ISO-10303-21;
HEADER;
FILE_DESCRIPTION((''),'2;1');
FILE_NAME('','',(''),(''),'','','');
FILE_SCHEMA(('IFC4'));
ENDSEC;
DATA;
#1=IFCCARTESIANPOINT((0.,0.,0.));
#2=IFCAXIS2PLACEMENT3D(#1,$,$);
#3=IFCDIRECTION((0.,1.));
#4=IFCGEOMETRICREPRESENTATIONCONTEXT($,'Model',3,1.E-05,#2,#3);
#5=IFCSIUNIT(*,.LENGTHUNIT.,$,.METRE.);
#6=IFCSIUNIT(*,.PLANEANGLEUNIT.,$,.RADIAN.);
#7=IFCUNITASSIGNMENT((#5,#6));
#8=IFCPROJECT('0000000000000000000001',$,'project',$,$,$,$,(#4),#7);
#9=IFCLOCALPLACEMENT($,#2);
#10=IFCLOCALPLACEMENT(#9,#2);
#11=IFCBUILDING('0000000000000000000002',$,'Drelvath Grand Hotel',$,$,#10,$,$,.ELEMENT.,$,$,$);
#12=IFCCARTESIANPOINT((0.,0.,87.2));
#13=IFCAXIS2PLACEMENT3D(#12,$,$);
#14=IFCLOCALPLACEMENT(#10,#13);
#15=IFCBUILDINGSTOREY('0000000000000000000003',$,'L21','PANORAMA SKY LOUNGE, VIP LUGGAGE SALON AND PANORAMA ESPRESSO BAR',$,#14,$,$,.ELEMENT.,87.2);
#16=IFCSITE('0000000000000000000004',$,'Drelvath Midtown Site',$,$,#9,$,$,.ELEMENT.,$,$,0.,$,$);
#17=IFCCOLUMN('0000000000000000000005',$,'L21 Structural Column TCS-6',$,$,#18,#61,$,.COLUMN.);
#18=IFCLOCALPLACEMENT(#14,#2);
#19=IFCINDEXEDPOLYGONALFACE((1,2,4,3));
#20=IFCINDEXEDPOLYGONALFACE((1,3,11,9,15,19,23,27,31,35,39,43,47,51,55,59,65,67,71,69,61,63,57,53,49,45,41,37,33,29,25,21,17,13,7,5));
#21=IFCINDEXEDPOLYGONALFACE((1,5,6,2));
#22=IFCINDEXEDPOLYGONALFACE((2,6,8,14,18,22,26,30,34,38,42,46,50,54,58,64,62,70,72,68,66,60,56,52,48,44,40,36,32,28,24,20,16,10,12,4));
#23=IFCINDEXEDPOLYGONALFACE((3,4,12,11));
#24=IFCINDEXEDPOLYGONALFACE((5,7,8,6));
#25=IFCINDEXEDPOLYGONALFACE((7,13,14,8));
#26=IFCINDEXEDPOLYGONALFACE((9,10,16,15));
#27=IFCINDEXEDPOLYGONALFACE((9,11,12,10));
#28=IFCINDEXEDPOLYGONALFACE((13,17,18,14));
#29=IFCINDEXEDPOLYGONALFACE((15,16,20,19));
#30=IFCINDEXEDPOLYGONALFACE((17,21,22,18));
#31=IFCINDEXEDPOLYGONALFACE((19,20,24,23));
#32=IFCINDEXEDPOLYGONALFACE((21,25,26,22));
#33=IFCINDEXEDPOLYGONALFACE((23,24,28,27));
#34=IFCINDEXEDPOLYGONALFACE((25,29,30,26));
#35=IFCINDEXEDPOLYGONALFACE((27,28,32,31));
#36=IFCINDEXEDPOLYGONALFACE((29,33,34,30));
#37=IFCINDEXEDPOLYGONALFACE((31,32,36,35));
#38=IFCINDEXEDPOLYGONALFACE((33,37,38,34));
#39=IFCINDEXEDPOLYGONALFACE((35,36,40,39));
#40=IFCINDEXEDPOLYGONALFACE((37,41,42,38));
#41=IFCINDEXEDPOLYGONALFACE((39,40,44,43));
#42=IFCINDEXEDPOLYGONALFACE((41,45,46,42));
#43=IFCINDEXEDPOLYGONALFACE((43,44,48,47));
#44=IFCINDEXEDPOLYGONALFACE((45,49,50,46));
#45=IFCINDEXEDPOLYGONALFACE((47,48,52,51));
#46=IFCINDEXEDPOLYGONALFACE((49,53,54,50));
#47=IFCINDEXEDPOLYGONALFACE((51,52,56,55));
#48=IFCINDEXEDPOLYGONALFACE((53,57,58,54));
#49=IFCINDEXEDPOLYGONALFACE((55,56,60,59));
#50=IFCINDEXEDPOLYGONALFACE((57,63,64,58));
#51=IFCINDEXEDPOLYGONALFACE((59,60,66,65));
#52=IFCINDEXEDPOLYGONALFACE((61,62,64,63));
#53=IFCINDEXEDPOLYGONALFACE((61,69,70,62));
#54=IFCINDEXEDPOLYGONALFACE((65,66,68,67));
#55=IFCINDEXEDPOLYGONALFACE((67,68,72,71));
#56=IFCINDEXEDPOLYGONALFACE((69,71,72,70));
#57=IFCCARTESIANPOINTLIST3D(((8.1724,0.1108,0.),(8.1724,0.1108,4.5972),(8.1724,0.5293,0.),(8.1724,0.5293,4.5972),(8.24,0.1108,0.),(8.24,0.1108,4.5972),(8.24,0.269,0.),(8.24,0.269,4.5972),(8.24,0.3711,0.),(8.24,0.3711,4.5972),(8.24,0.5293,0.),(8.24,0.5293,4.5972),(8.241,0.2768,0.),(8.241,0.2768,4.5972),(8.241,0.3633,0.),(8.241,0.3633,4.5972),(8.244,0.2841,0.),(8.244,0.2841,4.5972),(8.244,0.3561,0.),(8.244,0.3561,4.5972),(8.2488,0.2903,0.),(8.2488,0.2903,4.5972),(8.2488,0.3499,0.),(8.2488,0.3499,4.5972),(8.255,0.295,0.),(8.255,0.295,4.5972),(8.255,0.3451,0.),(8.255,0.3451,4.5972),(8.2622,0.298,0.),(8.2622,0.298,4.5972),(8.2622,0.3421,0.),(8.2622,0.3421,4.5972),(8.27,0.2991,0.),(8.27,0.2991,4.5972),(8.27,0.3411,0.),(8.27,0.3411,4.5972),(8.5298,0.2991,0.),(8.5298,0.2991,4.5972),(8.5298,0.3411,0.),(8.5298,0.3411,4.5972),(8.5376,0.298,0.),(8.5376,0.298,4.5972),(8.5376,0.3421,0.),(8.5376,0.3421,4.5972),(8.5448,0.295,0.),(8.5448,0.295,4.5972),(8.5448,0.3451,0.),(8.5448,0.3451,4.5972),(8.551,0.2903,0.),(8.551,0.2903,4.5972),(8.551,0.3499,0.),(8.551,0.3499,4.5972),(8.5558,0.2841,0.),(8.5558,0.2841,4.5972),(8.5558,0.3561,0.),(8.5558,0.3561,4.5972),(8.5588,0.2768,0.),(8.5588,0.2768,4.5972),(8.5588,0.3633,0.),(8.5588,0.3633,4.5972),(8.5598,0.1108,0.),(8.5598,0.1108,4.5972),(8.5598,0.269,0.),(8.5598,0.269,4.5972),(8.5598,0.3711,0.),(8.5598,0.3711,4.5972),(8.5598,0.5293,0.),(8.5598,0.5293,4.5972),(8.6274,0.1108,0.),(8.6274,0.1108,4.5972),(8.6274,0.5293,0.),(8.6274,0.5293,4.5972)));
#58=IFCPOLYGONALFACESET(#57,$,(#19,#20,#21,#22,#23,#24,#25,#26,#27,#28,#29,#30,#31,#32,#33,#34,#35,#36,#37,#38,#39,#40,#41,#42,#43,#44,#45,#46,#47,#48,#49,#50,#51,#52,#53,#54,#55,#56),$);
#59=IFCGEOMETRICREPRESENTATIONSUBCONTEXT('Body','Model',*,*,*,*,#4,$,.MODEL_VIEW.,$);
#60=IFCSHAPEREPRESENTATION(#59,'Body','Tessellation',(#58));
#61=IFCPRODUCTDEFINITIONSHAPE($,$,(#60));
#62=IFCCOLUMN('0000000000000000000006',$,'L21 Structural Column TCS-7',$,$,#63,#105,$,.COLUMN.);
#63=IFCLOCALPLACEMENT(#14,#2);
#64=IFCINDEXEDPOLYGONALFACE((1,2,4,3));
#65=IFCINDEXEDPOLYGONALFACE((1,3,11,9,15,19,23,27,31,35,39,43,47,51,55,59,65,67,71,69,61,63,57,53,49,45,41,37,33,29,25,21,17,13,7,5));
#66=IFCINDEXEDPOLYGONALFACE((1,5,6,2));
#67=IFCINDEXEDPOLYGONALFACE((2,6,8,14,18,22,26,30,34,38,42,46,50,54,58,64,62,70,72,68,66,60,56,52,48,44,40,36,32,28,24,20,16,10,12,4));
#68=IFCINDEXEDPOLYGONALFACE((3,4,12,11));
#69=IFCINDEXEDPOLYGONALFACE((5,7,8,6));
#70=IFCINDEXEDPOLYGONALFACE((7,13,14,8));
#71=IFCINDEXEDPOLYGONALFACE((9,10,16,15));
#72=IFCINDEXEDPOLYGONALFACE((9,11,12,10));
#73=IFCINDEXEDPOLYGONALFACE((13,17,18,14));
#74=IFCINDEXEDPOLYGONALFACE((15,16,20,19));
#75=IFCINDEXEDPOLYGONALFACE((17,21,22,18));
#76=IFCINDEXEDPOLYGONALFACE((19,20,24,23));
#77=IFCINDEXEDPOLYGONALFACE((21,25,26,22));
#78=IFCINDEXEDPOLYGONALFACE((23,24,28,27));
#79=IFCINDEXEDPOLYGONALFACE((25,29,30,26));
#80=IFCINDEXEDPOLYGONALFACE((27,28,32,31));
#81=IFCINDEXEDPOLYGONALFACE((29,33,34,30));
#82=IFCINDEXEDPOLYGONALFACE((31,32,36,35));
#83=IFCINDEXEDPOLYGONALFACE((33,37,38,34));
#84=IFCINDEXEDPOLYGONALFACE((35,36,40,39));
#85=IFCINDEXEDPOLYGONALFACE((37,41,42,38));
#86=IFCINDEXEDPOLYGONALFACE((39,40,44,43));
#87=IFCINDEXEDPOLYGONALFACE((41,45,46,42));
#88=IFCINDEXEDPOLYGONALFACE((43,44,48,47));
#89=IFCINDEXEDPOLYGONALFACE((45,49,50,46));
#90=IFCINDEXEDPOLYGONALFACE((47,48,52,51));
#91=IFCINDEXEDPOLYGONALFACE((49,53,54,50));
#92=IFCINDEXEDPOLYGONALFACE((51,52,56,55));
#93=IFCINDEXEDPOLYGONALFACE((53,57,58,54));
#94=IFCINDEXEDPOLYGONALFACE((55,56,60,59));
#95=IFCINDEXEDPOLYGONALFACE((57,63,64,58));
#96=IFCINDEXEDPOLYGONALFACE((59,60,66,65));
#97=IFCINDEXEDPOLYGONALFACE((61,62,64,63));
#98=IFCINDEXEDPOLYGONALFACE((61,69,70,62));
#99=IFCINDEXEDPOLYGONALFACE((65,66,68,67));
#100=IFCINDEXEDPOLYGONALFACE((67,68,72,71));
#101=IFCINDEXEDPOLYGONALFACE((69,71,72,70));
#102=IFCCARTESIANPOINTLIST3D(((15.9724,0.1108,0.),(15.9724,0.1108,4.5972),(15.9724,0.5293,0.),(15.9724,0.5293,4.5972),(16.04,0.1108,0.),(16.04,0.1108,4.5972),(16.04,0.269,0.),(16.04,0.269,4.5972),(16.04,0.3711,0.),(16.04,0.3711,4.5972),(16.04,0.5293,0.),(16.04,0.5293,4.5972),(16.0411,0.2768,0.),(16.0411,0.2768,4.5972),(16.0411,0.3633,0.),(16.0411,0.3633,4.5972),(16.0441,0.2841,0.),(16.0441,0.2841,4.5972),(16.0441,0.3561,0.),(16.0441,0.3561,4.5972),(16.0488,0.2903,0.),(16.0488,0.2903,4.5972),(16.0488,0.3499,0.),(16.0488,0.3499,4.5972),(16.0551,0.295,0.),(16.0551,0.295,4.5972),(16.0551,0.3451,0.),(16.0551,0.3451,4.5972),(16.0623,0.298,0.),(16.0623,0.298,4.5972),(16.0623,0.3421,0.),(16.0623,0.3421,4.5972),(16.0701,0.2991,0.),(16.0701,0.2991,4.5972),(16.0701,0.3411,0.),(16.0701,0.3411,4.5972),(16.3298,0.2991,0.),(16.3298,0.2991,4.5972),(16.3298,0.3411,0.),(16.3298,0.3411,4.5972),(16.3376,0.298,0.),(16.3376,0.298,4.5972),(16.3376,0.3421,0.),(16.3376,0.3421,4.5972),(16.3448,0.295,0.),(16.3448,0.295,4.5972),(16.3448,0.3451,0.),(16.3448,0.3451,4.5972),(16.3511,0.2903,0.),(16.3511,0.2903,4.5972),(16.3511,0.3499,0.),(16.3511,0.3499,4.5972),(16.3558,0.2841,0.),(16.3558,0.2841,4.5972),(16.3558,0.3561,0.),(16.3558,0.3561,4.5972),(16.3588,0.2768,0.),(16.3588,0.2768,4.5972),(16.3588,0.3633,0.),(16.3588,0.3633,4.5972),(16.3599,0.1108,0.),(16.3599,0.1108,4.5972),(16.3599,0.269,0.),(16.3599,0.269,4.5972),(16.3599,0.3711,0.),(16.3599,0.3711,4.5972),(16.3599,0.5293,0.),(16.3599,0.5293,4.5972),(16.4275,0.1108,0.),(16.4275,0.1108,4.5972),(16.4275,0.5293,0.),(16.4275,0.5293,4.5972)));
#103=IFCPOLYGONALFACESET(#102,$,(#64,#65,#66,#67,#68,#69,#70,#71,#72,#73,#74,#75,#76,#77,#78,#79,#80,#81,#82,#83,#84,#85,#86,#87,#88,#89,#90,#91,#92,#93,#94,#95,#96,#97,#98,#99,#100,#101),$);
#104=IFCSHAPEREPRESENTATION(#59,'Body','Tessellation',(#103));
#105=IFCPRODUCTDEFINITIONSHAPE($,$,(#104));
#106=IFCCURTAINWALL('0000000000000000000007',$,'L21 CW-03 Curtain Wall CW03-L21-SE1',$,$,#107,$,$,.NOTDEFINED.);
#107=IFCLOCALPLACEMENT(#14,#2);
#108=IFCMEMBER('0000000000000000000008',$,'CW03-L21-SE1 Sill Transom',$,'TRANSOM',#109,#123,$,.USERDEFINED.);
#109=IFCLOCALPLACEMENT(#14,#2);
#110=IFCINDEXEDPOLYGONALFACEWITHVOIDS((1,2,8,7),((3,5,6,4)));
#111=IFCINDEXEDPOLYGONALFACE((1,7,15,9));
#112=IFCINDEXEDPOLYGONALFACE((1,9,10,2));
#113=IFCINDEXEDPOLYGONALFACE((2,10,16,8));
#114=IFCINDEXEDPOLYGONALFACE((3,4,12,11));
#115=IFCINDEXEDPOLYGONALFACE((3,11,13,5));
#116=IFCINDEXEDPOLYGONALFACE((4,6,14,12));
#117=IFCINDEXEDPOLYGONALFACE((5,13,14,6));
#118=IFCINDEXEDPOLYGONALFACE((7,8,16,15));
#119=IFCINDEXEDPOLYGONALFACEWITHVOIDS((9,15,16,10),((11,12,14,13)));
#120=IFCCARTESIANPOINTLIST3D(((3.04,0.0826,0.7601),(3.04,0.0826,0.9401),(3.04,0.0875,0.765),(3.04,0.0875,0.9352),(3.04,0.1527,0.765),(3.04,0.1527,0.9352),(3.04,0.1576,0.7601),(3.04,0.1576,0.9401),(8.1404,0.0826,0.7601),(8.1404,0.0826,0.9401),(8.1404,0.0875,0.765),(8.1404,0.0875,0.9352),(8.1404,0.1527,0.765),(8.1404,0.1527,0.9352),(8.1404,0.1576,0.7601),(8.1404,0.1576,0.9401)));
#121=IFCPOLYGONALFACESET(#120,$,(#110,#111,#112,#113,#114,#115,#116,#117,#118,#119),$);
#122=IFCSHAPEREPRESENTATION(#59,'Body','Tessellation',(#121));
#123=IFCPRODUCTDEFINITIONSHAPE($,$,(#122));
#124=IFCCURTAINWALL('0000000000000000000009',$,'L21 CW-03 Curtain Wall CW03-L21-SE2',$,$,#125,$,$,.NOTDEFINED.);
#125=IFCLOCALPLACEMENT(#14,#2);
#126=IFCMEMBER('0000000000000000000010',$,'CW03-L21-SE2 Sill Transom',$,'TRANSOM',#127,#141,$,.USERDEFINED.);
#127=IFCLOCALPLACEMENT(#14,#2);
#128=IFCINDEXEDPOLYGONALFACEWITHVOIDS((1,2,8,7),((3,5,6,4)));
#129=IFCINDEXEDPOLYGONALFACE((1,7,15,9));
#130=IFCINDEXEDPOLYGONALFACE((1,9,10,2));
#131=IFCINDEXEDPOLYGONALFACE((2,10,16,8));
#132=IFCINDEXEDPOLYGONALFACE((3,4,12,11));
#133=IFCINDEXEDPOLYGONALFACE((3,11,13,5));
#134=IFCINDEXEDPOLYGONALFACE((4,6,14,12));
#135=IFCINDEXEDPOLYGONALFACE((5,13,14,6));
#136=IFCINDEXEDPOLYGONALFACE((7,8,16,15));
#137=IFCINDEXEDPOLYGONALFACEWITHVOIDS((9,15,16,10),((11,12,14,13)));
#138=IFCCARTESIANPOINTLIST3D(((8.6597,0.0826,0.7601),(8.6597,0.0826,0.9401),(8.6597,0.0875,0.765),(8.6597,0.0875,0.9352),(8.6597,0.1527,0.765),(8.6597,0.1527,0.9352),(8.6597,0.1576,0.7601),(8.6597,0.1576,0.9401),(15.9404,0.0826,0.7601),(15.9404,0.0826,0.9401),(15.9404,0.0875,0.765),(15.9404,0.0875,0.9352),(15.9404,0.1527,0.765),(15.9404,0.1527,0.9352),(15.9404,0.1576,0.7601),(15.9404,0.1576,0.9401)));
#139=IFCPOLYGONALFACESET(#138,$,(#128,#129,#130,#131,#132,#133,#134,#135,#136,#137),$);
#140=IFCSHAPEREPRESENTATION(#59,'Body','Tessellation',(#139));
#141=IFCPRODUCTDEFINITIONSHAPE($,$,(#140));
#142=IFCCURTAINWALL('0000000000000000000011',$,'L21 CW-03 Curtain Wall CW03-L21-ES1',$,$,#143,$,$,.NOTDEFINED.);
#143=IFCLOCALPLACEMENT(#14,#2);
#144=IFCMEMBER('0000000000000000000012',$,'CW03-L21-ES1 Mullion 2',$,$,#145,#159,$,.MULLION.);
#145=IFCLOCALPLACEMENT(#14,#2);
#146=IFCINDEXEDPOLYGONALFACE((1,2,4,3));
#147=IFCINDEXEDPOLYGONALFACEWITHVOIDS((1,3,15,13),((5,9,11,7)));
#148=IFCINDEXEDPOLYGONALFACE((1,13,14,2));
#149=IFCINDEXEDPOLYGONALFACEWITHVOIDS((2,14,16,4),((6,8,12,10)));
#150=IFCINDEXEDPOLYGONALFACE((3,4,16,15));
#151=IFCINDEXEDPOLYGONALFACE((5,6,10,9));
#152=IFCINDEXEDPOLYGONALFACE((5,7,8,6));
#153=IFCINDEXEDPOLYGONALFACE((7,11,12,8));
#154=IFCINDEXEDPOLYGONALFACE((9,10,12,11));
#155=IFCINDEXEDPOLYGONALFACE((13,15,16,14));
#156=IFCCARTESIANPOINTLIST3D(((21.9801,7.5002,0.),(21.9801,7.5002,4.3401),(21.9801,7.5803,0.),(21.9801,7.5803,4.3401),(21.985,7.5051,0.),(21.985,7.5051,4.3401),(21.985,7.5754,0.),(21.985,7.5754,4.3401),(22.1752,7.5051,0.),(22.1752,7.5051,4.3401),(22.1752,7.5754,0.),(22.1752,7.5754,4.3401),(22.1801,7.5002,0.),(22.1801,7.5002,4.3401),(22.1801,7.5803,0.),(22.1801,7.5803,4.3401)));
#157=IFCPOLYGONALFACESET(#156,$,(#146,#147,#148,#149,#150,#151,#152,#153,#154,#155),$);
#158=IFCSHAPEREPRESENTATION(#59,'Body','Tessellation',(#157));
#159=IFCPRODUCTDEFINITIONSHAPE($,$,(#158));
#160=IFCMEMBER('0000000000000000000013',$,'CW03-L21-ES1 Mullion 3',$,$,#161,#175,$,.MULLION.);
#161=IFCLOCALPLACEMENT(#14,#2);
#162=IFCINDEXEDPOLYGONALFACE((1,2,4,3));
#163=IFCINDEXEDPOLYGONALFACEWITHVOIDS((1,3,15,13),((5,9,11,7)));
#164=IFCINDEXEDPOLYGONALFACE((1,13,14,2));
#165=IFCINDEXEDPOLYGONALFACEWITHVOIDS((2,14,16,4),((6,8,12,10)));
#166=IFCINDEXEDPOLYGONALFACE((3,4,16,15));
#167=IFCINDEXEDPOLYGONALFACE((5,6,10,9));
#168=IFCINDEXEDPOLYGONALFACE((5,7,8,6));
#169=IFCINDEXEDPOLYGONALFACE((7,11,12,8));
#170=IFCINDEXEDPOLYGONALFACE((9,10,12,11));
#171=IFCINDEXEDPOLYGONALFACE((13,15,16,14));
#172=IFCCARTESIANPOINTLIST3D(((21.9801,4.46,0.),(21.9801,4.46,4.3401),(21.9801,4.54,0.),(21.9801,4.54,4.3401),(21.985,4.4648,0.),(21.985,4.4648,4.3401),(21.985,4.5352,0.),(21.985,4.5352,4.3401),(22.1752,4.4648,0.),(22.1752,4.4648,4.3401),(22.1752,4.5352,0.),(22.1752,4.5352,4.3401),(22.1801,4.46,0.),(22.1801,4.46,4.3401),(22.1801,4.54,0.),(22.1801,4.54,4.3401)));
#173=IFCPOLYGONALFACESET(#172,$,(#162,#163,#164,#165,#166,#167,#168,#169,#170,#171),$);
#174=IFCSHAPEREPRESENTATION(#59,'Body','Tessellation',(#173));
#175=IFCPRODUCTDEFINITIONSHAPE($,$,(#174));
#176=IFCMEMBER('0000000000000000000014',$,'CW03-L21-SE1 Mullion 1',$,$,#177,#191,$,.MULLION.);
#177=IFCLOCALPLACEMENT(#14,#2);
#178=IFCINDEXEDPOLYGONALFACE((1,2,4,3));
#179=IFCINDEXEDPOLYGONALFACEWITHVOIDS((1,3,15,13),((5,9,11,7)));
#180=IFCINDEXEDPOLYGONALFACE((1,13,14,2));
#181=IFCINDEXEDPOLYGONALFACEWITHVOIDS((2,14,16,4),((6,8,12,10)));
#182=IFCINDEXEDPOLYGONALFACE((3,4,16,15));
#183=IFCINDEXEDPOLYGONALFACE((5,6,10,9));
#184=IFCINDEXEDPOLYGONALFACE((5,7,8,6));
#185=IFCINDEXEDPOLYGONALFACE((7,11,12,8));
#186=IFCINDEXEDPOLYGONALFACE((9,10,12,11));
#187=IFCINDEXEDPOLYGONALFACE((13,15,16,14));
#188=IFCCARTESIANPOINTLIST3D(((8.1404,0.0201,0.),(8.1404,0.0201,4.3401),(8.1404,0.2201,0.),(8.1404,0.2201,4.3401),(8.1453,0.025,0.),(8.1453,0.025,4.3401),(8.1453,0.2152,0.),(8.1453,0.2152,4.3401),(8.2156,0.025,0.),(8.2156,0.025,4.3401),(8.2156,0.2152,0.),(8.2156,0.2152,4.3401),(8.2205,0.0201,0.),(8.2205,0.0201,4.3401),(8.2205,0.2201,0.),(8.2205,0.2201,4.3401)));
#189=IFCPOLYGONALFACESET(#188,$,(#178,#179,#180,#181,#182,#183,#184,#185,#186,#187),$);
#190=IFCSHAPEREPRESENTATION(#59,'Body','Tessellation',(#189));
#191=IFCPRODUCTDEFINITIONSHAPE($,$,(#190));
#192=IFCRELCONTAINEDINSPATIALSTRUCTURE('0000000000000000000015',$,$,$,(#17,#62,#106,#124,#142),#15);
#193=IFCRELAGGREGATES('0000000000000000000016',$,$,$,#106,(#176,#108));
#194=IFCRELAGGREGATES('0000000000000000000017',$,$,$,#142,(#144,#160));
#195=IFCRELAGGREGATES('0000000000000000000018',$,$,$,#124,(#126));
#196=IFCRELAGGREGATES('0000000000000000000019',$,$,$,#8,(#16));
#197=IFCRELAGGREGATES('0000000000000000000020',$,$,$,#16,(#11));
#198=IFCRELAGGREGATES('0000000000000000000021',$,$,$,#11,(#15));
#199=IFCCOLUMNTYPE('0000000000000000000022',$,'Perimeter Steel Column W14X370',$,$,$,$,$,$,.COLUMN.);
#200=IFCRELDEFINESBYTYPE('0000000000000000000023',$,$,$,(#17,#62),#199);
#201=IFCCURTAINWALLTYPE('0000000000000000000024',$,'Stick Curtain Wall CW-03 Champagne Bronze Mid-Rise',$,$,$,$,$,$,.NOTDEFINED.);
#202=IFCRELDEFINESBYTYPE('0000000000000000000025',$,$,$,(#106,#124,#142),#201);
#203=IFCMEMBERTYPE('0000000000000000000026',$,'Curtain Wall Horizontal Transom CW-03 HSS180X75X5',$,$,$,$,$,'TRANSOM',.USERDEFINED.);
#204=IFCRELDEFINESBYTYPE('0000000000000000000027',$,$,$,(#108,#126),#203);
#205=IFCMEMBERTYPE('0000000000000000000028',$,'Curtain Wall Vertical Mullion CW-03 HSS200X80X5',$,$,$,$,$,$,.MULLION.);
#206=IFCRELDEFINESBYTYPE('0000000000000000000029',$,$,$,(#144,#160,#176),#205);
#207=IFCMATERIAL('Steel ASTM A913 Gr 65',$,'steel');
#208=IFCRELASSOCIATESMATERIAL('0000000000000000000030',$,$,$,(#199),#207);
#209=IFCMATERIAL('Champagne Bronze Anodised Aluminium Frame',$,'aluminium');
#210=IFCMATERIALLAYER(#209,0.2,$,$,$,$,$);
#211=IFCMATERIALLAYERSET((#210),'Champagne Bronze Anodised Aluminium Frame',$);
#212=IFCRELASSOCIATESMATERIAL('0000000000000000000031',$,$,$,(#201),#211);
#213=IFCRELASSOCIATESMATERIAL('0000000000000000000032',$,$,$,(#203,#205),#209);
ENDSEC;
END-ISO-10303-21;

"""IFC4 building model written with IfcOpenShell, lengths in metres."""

from ifc_helpers import new_model, si_unit, direction, frame, origin, origin_2d, place, context, subcontext, project, spatial, hollow_rectangle, i_section, extrude, material, layer, layer_set, material_profile, profile_set, type_object, element, aggregate, save


model = new_model("IFC4")

# Units and contexts
model_context = context("Model", 3, precision=1e-05, world=origin(), true_north=direction((0.0, 1.0)))
body_context = subcontext(model_context, "Body", "Model", "MODEL_VIEW")
ifc_project = project(units=[si_unit("LENGTHUNIT", "METRE"), si_unit("PLANEANGLEUNIT", "RADIAN")], contexts=[model_context])

# Site, building, storey
site_placement = place(None, origin())
site = spatial("IfcSite", under=ifc_project, at=site_placement, Name="Drelvath Midtown Site", CompositionType="ELEMENT", RefElevation=0.0)
building_placement = place(site_placement, origin())
building = spatial("IfcBuilding", under=site, at=building_placement, Name="Drelvath Grand Hotel", CompositionType="ELEMENT")
storey_placement = place(building_placement, frame((0.0, 0.0, 87.2)))
storey = spatial("IfcBuildingStorey", under=building, at=storey_placement, Name="L21", Description="PANORAMA SKY LOUNGE, VIP LUGGAGE SALON AND PANORAMA ESPRESSO BAR", CompositionType="ELEMENT", Elevation=87.2)

# Columns
ifc_material_1 = material(Name="Steel ASTM A913 Gr 65", Category="steel")
ifc_material_profile_1 = material_profile(ifc_material_1, i_section(OverallWidth=0.4185, OverallDepth=0.4551, WebThickness=0.042, FlangeThickness=0.0676, FilletRadius=0.03, at=origin_2d()), Name="W14X370")
ifc_profile_set_1 = profile_set([ifc_material_profile_1], Name="Steel ASTM A913 Gr 65")
column_type = type_object("IfcColumnType", Name="Perimeter Steel Column W14X370", PredefinedType="COLUMN", material=ifc_profile_set_1)
for number, where, z_axis, x_axis, name in (
    (1, (8.3999, 0.3201, 0.0), (0.0, 0.0, 1.0), (0.0, 1.0, 0.0), "L21 Structural Column TCS-6"),
    (2, (16.2, 0.3201, 0.0), (0.0, 0.0, 1.0), (0.0, 1.0, 0.0), "L21 Structural Column TCS-7"),
):
    element("IfcColumn", number, at=place(storey_placement, frame(where, z_axis=z_axis, x_axis=x_axis)), inside=storey, type_object=column_type, Name=name, PredefinedType="COLUMN", context=body_context, shape_type="SweptSolid", body=[
        extrude(i_section(OverallWidth=0.4185, OverallDepth=0.4551, WebThickness=0.042, FlangeThickness=0.0676, FilletRadius=0.03, at=origin_2d()), origin(), (0.0, 0.0, 1.0), 4.5972),
    ])

# Curtain walls, members
ifc_material_2 = material(Name="Champagne Bronze Anodised Aluminium Frame", Category="aluminium")
ifc_layer_1 = layer(ifc_material_2, 0.2)
ifc_layer_set_1 = layer_set([ifc_layer_1], Name="Champagne Bronze Anodised Aluminium Frame")
curtain_wall_type = type_object("IfcCurtainWallType", Name="Stick Curtain Wall CW-03 Champagne Bronze Mid-Rise", PredefinedType="NOTDEFINED", material=ifc_layer_set_1)
curtain_wall_1_placement = place(storey_placement, origin())
curtain_wall_1 = element("IfcCurtainWall", 3, at=curtain_wall_1_placement, inside=storey, type_object=curtain_wall_type, Name="L21 CW-03 Curtain Wall CW03-L21-SE1", PredefinedType="NOTDEFINED")
ifc_material_profile_2 = material_profile(ifc_material_2, hollow_rectangle(XDim=0.075, YDim=0.1799, WallThickness=0.0049, at=origin_2d()), Name="HSS180X75X5")
ifc_profile_set_2 = profile_set([ifc_material_profile_2], Name="Champagne Bronze Anodised Aluminium Frame")
member_type_1 = type_object("IfcMemberType", Name="Curtain Wall Horizontal Transom CW-03 HSS180X75X5", ElementType="TRANSOM", PredefinedType="USERDEFINED", material=ifc_profile_set_2)
member_1_placement = place(storey_placement, frame((8.1404, 0.1201, 0.8501), z_axis=(-1.0, 0.0, 0.0), x_axis=(0.0, -1.0, 0.0)))
member_1 = element("IfcMember", 4, at=member_1_placement, type_object=member_type_1, Name="CW03-L21-SE1 Sill Transom", ObjectType="TRANSOM", PredefinedType="USERDEFINED", context=body_context, shape_type="SweptSolid", body=[
    extrude(hollow_rectangle(XDim=0.075, YDim=0.1799, WallThickness=0.0049, at=origin_2d()), origin(), (0.0, 0.0, 1.0), 5.1003),
])
curtain_wall_2_placement = place(storey_placement, origin())
curtain_wall_2 = element("IfcCurtainWall", 5, at=curtain_wall_2_placement, inside=storey, type_object=curtain_wall_type, Name="L21 CW-03 Curtain Wall CW03-L21-SE2", PredefinedType="NOTDEFINED")
member_2_placement = place(storey_placement, frame((15.9404, 0.1201, 0.8501), z_axis=(-1.0, 0.0, 0.0), x_axis=(0.0, -1.0, 0.0)))
member_2 = element("IfcMember", 6, at=member_2_placement, type_object=member_type_1, Name="CW03-L21-SE2 Sill Transom", ObjectType="TRANSOM", PredefinedType="USERDEFINED", context=body_context, shape_type="SweptSolid", body=[
    extrude(hollow_rectangle(XDim=0.075, YDim=0.1799, WallThickness=0.0049, at=origin_2d()), origin(), (0.0, 0.0, 1.0), 7.2808),
])

# Curtain wall, members
curtain_wall_3_placement = place(storey_placement, origin())
curtain_wall_3 = element("IfcCurtainWall", 7, at=curtain_wall_3_placement, inside=storey, type_object=curtain_wall_type, Name="L21 CW-03 Curtain Wall CW03-L21-ES1", PredefinedType="NOTDEFINED")
ifc_material_profile_3 = material_profile(ifc_material_2, hollow_rectangle(XDim=0.0801, YDim=0.2, WallThickness=0.0049, at=origin_2d()), Name="HSS200X80X5")
ifc_profile_set_3 = profile_set([ifc_material_profile_3], Name="Champagne Bronze Anodised Aluminium Frame")
member_type_2 = type_object("IfcMemberType", Name="Curtain Wall Vertical Mullion CW-03 HSS200X80X5", PredefinedType="MULLION", material=ifc_profile_set_3)
member_3_placement = place(storey_placement, frame((22.0801, 7.5403, 0.0), z_axis=(0.0, 0.0, 1.0), x_axis=(0.0, 1.0, 0.0)))
member_3 = element("IfcMember", 8, at=member_3_placement, type_object=member_type_2, Name="CW03-L21-ES1 Mullion 2", PredefinedType="MULLION", context=body_context, shape_type="SweptSolid", body=[
    extrude(hollow_rectangle(XDim=0.0801, YDim=0.2, WallThickness=0.0049, at=origin_2d()), origin(), (0.0, 0.0, 1.0), 4.3401),
])
member_4_placement = place(storey_placement, frame((22.0801, 4.5, 0.0), z_axis=(0.0, 0.0, 1.0), x_axis=(0.0, 1.0, 0.0)))
member_4 = element("IfcMember", 9, at=member_4_placement, type_object=member_type_2, Name="CW03-L21-ES1 Mullion 3", PredefinedType="MULLION", context=body_context, shape_type="SweptSolid", body=[
    extrude(hollow_rectangle(XDim=0.0801, YDim=0.2, WallThickness=0.0049, at=origin_2d()), origin(), (0.0, 0.0, 1.0), 4.3401),
])

# Member
member_5_placement = place(storey_placement, frame((8.1804, 0.1201, 0.0), z_axis=(0.0, 0.0, 1.0), x_axis=(1.0, 0.0, 0.0)))
member_5 = element("IfcMember", 10, at=member_5_placement, type_object=member_type_2, Name="CW03-L21-SE1 Mullion 1", PredefinedType="MULLION", context=body_context, shape_type="SweptSolid", body=[
    extrude(hollow_rectangle(XDim=0.0801, YDim=0.2, WallThickness=0.0049, at=origin_2d()), origin(), (0.0, 0.0, 1.0), 4.3401),
])
aggregate(curtain_wall_1, [member_5, member_1])

aggregate(curtain_wall_3, [member_3, member_4])
aggregate(curtain_wall_2, [member_2])

save(model, "model.ifc")
